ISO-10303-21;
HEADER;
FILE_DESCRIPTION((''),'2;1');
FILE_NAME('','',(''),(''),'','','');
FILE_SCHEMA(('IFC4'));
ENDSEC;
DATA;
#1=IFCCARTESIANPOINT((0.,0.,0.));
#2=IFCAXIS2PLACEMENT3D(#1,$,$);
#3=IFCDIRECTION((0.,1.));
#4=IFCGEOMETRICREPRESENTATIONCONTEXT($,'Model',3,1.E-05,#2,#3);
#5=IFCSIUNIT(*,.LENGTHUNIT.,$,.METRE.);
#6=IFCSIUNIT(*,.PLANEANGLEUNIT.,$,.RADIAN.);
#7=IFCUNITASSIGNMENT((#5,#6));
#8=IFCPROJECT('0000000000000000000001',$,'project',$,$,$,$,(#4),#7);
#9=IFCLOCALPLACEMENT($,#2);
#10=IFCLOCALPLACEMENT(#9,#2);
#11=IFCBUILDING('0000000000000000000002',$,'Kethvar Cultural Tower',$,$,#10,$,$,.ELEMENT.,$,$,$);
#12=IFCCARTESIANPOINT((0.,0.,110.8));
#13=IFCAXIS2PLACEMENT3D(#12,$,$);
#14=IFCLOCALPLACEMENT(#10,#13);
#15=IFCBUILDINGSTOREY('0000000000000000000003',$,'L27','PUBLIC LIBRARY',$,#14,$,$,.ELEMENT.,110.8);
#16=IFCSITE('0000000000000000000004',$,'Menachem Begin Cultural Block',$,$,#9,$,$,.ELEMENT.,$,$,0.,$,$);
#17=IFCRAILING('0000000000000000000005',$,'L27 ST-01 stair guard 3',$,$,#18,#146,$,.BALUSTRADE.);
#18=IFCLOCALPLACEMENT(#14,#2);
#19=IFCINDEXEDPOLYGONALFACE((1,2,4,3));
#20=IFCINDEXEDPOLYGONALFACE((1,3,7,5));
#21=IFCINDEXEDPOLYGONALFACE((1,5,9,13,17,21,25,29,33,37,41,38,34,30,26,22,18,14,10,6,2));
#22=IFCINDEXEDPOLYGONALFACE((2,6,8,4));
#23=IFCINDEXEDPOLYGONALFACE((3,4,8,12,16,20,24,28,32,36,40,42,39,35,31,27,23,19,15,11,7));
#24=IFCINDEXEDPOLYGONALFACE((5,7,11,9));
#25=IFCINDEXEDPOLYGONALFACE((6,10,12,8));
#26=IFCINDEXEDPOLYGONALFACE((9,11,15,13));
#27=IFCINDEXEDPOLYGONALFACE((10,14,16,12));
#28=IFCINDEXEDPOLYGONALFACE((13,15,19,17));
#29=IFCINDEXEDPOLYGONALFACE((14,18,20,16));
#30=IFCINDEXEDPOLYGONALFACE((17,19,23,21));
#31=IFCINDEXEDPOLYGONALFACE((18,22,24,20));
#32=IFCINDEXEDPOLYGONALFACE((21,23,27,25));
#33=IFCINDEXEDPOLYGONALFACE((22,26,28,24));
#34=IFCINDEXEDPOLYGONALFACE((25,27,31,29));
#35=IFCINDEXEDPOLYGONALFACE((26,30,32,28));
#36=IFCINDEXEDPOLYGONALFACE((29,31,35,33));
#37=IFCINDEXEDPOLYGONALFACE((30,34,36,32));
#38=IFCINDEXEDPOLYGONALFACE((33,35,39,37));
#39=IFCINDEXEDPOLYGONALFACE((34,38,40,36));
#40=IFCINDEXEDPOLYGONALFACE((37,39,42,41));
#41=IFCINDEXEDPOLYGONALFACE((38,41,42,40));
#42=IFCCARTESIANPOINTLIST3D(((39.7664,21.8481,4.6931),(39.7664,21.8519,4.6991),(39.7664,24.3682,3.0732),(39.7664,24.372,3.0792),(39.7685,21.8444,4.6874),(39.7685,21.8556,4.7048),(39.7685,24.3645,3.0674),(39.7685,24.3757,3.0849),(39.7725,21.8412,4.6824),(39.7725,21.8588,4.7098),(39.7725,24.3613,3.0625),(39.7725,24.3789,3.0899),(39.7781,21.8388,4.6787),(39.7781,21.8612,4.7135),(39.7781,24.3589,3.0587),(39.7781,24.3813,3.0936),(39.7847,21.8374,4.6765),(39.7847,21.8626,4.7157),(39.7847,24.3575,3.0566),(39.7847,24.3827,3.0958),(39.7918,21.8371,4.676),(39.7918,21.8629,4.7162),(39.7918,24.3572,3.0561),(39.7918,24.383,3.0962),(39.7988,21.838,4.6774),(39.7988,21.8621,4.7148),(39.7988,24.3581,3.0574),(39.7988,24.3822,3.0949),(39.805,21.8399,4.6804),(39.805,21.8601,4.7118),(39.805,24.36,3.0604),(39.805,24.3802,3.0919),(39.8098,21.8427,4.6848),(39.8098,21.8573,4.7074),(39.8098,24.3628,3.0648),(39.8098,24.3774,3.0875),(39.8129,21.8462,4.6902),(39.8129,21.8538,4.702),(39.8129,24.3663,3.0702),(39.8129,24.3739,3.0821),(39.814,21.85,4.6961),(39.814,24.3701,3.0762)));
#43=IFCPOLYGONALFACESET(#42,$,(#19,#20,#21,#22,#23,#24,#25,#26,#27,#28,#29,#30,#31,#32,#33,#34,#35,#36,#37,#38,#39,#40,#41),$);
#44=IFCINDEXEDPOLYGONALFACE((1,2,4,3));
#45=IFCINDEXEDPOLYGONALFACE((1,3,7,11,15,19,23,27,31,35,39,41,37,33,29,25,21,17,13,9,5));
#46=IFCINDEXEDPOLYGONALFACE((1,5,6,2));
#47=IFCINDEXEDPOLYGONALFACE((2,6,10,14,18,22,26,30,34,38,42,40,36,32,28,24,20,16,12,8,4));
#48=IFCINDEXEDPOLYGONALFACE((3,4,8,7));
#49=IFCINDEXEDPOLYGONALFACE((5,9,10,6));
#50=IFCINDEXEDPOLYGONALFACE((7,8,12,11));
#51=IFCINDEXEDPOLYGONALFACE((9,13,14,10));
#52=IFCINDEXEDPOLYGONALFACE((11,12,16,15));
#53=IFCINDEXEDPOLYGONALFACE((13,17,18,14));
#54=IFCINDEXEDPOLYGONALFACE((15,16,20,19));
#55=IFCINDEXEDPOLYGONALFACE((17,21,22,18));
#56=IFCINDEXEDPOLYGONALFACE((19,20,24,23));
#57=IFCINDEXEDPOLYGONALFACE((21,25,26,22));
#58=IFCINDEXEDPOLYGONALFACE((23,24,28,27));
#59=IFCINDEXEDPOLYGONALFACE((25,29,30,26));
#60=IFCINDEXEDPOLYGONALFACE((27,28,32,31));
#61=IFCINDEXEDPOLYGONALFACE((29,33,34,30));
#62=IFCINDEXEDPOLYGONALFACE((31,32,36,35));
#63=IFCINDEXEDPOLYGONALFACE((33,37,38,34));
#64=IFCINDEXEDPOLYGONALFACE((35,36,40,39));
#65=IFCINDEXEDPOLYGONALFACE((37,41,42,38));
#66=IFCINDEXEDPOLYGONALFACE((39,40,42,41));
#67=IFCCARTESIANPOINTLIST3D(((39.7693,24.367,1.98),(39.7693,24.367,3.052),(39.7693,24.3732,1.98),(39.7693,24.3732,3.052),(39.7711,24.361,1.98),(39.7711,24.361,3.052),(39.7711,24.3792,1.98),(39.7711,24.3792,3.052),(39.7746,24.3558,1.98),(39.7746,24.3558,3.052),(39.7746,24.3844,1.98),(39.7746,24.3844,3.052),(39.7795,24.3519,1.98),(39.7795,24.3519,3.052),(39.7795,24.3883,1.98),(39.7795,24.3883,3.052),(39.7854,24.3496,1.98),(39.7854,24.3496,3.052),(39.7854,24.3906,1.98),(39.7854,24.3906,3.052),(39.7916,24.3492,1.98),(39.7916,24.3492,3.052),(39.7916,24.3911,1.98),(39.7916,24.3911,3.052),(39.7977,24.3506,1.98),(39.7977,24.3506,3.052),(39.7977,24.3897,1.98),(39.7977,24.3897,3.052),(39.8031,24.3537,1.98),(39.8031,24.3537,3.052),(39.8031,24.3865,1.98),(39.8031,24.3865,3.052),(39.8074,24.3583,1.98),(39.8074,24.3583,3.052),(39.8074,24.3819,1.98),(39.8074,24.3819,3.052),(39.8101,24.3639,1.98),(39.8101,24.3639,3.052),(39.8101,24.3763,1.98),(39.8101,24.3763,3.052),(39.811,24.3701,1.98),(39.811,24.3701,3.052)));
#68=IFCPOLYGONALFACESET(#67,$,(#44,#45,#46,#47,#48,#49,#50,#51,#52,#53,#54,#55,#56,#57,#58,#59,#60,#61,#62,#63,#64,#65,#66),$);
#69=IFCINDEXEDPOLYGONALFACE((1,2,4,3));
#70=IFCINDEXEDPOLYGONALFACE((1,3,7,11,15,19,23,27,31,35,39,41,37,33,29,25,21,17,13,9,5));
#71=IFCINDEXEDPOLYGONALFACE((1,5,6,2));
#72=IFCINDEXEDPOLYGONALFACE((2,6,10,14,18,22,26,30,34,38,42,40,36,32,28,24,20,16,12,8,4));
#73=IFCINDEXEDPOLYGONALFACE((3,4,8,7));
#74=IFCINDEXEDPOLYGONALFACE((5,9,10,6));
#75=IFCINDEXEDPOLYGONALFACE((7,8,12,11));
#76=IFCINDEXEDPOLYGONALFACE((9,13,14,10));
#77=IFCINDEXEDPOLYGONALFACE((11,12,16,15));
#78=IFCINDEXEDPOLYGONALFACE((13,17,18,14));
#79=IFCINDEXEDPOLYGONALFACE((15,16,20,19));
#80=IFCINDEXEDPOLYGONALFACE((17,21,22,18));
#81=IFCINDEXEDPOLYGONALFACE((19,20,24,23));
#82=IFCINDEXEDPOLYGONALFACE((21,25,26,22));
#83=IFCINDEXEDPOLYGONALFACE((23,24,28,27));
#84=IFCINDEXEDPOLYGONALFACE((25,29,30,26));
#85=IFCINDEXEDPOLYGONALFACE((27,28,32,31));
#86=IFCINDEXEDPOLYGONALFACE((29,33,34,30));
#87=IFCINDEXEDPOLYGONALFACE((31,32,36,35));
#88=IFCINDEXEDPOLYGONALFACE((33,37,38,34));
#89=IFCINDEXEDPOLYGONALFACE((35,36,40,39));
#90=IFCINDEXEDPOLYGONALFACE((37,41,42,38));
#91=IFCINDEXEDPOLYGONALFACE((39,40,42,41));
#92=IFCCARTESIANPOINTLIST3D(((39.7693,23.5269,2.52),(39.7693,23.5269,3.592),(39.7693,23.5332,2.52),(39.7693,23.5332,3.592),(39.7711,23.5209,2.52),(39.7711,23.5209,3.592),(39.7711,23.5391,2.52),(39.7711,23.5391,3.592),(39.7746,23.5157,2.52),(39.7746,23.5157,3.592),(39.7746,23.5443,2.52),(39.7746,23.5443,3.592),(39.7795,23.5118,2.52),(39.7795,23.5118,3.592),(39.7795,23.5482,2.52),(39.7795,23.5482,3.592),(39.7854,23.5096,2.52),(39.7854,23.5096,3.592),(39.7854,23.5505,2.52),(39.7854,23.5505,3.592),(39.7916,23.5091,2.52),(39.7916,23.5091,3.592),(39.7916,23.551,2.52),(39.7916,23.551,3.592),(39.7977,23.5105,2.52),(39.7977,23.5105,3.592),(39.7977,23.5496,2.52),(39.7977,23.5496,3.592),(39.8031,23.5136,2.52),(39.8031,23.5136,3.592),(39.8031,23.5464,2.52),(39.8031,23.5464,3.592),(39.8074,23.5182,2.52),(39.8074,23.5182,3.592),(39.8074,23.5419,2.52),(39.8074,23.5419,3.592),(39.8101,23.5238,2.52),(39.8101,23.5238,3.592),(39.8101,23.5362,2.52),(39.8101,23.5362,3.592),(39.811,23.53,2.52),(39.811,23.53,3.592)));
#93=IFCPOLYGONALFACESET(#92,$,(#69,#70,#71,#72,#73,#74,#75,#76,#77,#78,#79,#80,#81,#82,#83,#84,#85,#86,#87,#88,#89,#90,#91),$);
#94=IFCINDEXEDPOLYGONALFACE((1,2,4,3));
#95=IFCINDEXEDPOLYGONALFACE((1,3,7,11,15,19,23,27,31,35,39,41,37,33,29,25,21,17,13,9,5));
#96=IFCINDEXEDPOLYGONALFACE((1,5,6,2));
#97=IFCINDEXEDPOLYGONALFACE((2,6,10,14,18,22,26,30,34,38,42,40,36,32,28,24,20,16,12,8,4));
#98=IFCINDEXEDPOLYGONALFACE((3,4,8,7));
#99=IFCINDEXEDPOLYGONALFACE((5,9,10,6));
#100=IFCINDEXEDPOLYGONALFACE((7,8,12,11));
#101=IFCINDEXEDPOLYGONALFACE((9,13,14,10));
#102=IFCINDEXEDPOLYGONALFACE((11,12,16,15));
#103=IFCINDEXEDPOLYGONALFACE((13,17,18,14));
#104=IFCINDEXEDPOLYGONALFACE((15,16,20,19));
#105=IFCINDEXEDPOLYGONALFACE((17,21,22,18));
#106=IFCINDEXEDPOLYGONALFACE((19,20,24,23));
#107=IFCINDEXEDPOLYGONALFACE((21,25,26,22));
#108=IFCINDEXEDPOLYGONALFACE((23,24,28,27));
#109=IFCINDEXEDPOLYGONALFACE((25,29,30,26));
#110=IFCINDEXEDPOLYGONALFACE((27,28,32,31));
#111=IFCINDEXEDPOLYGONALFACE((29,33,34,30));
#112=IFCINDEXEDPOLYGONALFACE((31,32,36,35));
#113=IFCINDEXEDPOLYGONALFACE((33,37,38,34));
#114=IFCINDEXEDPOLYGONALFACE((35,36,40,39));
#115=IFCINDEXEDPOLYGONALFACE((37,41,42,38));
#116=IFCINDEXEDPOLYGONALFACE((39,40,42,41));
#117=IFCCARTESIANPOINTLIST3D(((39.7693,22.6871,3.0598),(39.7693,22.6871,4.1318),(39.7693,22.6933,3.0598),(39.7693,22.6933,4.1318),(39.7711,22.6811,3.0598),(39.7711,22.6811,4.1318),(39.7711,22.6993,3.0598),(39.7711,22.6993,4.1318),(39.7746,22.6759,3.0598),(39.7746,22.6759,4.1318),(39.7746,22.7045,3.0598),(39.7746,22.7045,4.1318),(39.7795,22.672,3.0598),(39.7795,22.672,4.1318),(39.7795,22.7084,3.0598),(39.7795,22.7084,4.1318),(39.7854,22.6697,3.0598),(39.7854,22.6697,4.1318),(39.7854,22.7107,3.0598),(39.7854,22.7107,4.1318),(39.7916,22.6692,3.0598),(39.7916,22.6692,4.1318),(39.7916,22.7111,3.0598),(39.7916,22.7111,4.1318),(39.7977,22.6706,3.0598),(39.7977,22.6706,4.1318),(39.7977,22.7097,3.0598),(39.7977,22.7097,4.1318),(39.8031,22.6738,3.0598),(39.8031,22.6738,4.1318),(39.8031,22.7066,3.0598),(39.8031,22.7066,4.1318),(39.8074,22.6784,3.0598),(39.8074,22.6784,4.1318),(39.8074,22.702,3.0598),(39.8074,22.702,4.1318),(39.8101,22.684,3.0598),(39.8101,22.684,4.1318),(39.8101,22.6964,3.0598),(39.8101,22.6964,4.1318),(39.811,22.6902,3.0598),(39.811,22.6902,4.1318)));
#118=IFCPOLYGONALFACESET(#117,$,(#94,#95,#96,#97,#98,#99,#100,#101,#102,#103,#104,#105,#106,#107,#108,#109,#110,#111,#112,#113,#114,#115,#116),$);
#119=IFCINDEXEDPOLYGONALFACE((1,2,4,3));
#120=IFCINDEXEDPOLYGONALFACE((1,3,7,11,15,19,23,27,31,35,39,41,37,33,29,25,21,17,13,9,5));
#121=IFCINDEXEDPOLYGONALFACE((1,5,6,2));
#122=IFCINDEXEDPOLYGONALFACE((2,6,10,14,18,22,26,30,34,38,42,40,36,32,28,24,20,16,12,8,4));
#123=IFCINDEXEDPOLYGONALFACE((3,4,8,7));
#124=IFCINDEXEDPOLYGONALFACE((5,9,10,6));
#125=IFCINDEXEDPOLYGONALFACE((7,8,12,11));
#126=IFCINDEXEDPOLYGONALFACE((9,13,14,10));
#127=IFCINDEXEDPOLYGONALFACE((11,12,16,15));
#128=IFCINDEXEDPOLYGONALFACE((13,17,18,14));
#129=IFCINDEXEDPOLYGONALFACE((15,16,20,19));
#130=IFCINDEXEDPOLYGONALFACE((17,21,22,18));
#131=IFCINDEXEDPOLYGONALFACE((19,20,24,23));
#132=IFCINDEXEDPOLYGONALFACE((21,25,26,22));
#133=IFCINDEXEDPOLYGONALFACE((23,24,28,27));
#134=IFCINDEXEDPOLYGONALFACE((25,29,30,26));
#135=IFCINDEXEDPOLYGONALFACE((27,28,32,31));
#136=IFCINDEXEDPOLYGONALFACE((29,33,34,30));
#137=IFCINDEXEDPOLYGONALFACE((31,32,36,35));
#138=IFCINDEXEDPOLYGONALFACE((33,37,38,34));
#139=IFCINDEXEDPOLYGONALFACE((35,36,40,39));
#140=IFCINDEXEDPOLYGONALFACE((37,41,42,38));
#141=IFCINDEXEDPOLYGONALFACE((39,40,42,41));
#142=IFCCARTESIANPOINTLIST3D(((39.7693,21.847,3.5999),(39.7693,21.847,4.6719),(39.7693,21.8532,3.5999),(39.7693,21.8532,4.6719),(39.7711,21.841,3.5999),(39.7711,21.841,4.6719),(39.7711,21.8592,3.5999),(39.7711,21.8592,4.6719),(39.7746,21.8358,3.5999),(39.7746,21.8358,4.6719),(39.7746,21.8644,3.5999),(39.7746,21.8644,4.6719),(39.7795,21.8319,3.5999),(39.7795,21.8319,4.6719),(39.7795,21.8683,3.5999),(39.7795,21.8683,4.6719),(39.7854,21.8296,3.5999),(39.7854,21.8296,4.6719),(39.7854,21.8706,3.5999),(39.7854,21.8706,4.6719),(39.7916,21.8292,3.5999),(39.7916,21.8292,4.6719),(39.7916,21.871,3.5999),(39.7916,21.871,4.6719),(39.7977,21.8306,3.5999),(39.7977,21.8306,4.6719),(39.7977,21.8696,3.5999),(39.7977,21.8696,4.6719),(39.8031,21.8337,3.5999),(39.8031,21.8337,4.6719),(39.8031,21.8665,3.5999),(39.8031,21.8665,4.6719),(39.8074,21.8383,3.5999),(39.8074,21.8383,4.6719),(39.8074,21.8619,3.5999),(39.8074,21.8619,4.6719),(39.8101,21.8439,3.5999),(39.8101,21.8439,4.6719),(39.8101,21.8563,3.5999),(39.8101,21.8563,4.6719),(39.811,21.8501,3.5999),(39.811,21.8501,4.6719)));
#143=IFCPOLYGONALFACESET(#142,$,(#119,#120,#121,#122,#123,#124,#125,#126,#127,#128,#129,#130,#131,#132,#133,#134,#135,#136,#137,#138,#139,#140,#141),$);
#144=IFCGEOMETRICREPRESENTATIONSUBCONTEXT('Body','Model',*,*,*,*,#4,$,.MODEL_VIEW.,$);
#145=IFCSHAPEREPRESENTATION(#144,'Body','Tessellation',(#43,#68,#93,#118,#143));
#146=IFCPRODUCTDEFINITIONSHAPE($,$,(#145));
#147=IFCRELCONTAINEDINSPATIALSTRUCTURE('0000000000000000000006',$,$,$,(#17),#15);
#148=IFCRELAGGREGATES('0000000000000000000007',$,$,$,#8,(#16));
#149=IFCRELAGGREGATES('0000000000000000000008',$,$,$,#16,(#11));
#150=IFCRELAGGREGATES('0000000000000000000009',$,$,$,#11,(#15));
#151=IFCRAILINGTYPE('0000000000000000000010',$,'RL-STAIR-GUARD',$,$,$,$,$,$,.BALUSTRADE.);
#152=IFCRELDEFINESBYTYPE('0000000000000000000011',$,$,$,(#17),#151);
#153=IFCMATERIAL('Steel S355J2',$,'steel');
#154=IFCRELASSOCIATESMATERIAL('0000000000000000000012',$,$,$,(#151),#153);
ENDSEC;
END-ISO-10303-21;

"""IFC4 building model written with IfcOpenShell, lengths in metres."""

from ifc_helpers import new_model, si_unit, direction, frame, origin, origin_2d, place, context, subcontext, project, spatial, circle, extrude, material, type_object, element, save


model = new_model("IFC4")

# Units and contexts
model_context = context("Model", 3, precision=1e-05, world=origin(), true_north=direction((0.0, 1.0)))
body_context = subcontext(model_context, "Body", "Model", "MODEL_VIEW")
ifc_project = project(units=[si_unit("LENGTHUNIT", "METRE"), si_unit("PLANEANGLEUNIT", "RADIAN")], contexts=[model_context])

# Site, building, storey
site_placement = place(None, origin())
site = spatial("IfcSite", under=ifc_project, at=site_placement, Name="Menachem Begin Cultural Block", CompositionType="ELEMENT", RefElevation=0.0)
building_placement = place(site_placement, origin())
building = spatial("IfcBuilding", under=site, at=building_placement, Name="Kethvar Cultural Tower", CompositionType="ELEMENT")
storey_placement = place(building_placement, frame((0.0, 0.0, 110.8)))
storey = spatial("IfcBuildingStorey", under=building, at=storey_placement, Name="L27", Description="PUBLIC LIBRARY", CompositionType="ELEMENT", Elevation=110.8)

# Shared definitions
ifc_material_1 = material(Name="Steel S355J2", Category="steel")

# Railing
railing_type = type_object("IfcRailingType", Name="RL-STAIR-GUARD", PredefinedType="BALUSTRADE", material=ifc_material_1)
railing_1_placement = place(storey_placement, frame((39.79, 24.3701, 1.98)))
element("IfcRailing", 1, at=railing_1_placement, inside=storey, type_object=railing_type, Name="L27 ST-01 stair guard 3", PredefinedType="BALUSTRADE", context=body_context, shape_type="SweptSolid", body=[
    extrude(circle(Radius=0.0239, at=origin_2d()), frame((0.0, 0.0, 1.0962), z_axis=(0.0, -0.8412, 0.540725), x_axis=(1.0, 0.0, 0.0)), (0.0, 0.0, 1.0), 2.9958),
    extrude(circle(Radius=0.021, at=origin_2d()), origin(), (0.0, 0.0, 1.0), 1.072),
    extrude(circle(Radius=0.021, at=origin_2d()), frame((0.0, -0.8401, 0.54)), (0.0, 0.0, 1.0), 1.072),
    extrude(circle(Radius=0.021, at=origin_2d()), frame((0.0, -1.6799, 1.0798)), (0.0, 0.0, 1.0), 1.072),
    extrude(circle(Radius=0.021, at=origin_2d()), frame((0.0, -2.52, 1.6199)), (0.0, 0.0, 1.0), 1.072),
])

save(model, "model.ifc")
